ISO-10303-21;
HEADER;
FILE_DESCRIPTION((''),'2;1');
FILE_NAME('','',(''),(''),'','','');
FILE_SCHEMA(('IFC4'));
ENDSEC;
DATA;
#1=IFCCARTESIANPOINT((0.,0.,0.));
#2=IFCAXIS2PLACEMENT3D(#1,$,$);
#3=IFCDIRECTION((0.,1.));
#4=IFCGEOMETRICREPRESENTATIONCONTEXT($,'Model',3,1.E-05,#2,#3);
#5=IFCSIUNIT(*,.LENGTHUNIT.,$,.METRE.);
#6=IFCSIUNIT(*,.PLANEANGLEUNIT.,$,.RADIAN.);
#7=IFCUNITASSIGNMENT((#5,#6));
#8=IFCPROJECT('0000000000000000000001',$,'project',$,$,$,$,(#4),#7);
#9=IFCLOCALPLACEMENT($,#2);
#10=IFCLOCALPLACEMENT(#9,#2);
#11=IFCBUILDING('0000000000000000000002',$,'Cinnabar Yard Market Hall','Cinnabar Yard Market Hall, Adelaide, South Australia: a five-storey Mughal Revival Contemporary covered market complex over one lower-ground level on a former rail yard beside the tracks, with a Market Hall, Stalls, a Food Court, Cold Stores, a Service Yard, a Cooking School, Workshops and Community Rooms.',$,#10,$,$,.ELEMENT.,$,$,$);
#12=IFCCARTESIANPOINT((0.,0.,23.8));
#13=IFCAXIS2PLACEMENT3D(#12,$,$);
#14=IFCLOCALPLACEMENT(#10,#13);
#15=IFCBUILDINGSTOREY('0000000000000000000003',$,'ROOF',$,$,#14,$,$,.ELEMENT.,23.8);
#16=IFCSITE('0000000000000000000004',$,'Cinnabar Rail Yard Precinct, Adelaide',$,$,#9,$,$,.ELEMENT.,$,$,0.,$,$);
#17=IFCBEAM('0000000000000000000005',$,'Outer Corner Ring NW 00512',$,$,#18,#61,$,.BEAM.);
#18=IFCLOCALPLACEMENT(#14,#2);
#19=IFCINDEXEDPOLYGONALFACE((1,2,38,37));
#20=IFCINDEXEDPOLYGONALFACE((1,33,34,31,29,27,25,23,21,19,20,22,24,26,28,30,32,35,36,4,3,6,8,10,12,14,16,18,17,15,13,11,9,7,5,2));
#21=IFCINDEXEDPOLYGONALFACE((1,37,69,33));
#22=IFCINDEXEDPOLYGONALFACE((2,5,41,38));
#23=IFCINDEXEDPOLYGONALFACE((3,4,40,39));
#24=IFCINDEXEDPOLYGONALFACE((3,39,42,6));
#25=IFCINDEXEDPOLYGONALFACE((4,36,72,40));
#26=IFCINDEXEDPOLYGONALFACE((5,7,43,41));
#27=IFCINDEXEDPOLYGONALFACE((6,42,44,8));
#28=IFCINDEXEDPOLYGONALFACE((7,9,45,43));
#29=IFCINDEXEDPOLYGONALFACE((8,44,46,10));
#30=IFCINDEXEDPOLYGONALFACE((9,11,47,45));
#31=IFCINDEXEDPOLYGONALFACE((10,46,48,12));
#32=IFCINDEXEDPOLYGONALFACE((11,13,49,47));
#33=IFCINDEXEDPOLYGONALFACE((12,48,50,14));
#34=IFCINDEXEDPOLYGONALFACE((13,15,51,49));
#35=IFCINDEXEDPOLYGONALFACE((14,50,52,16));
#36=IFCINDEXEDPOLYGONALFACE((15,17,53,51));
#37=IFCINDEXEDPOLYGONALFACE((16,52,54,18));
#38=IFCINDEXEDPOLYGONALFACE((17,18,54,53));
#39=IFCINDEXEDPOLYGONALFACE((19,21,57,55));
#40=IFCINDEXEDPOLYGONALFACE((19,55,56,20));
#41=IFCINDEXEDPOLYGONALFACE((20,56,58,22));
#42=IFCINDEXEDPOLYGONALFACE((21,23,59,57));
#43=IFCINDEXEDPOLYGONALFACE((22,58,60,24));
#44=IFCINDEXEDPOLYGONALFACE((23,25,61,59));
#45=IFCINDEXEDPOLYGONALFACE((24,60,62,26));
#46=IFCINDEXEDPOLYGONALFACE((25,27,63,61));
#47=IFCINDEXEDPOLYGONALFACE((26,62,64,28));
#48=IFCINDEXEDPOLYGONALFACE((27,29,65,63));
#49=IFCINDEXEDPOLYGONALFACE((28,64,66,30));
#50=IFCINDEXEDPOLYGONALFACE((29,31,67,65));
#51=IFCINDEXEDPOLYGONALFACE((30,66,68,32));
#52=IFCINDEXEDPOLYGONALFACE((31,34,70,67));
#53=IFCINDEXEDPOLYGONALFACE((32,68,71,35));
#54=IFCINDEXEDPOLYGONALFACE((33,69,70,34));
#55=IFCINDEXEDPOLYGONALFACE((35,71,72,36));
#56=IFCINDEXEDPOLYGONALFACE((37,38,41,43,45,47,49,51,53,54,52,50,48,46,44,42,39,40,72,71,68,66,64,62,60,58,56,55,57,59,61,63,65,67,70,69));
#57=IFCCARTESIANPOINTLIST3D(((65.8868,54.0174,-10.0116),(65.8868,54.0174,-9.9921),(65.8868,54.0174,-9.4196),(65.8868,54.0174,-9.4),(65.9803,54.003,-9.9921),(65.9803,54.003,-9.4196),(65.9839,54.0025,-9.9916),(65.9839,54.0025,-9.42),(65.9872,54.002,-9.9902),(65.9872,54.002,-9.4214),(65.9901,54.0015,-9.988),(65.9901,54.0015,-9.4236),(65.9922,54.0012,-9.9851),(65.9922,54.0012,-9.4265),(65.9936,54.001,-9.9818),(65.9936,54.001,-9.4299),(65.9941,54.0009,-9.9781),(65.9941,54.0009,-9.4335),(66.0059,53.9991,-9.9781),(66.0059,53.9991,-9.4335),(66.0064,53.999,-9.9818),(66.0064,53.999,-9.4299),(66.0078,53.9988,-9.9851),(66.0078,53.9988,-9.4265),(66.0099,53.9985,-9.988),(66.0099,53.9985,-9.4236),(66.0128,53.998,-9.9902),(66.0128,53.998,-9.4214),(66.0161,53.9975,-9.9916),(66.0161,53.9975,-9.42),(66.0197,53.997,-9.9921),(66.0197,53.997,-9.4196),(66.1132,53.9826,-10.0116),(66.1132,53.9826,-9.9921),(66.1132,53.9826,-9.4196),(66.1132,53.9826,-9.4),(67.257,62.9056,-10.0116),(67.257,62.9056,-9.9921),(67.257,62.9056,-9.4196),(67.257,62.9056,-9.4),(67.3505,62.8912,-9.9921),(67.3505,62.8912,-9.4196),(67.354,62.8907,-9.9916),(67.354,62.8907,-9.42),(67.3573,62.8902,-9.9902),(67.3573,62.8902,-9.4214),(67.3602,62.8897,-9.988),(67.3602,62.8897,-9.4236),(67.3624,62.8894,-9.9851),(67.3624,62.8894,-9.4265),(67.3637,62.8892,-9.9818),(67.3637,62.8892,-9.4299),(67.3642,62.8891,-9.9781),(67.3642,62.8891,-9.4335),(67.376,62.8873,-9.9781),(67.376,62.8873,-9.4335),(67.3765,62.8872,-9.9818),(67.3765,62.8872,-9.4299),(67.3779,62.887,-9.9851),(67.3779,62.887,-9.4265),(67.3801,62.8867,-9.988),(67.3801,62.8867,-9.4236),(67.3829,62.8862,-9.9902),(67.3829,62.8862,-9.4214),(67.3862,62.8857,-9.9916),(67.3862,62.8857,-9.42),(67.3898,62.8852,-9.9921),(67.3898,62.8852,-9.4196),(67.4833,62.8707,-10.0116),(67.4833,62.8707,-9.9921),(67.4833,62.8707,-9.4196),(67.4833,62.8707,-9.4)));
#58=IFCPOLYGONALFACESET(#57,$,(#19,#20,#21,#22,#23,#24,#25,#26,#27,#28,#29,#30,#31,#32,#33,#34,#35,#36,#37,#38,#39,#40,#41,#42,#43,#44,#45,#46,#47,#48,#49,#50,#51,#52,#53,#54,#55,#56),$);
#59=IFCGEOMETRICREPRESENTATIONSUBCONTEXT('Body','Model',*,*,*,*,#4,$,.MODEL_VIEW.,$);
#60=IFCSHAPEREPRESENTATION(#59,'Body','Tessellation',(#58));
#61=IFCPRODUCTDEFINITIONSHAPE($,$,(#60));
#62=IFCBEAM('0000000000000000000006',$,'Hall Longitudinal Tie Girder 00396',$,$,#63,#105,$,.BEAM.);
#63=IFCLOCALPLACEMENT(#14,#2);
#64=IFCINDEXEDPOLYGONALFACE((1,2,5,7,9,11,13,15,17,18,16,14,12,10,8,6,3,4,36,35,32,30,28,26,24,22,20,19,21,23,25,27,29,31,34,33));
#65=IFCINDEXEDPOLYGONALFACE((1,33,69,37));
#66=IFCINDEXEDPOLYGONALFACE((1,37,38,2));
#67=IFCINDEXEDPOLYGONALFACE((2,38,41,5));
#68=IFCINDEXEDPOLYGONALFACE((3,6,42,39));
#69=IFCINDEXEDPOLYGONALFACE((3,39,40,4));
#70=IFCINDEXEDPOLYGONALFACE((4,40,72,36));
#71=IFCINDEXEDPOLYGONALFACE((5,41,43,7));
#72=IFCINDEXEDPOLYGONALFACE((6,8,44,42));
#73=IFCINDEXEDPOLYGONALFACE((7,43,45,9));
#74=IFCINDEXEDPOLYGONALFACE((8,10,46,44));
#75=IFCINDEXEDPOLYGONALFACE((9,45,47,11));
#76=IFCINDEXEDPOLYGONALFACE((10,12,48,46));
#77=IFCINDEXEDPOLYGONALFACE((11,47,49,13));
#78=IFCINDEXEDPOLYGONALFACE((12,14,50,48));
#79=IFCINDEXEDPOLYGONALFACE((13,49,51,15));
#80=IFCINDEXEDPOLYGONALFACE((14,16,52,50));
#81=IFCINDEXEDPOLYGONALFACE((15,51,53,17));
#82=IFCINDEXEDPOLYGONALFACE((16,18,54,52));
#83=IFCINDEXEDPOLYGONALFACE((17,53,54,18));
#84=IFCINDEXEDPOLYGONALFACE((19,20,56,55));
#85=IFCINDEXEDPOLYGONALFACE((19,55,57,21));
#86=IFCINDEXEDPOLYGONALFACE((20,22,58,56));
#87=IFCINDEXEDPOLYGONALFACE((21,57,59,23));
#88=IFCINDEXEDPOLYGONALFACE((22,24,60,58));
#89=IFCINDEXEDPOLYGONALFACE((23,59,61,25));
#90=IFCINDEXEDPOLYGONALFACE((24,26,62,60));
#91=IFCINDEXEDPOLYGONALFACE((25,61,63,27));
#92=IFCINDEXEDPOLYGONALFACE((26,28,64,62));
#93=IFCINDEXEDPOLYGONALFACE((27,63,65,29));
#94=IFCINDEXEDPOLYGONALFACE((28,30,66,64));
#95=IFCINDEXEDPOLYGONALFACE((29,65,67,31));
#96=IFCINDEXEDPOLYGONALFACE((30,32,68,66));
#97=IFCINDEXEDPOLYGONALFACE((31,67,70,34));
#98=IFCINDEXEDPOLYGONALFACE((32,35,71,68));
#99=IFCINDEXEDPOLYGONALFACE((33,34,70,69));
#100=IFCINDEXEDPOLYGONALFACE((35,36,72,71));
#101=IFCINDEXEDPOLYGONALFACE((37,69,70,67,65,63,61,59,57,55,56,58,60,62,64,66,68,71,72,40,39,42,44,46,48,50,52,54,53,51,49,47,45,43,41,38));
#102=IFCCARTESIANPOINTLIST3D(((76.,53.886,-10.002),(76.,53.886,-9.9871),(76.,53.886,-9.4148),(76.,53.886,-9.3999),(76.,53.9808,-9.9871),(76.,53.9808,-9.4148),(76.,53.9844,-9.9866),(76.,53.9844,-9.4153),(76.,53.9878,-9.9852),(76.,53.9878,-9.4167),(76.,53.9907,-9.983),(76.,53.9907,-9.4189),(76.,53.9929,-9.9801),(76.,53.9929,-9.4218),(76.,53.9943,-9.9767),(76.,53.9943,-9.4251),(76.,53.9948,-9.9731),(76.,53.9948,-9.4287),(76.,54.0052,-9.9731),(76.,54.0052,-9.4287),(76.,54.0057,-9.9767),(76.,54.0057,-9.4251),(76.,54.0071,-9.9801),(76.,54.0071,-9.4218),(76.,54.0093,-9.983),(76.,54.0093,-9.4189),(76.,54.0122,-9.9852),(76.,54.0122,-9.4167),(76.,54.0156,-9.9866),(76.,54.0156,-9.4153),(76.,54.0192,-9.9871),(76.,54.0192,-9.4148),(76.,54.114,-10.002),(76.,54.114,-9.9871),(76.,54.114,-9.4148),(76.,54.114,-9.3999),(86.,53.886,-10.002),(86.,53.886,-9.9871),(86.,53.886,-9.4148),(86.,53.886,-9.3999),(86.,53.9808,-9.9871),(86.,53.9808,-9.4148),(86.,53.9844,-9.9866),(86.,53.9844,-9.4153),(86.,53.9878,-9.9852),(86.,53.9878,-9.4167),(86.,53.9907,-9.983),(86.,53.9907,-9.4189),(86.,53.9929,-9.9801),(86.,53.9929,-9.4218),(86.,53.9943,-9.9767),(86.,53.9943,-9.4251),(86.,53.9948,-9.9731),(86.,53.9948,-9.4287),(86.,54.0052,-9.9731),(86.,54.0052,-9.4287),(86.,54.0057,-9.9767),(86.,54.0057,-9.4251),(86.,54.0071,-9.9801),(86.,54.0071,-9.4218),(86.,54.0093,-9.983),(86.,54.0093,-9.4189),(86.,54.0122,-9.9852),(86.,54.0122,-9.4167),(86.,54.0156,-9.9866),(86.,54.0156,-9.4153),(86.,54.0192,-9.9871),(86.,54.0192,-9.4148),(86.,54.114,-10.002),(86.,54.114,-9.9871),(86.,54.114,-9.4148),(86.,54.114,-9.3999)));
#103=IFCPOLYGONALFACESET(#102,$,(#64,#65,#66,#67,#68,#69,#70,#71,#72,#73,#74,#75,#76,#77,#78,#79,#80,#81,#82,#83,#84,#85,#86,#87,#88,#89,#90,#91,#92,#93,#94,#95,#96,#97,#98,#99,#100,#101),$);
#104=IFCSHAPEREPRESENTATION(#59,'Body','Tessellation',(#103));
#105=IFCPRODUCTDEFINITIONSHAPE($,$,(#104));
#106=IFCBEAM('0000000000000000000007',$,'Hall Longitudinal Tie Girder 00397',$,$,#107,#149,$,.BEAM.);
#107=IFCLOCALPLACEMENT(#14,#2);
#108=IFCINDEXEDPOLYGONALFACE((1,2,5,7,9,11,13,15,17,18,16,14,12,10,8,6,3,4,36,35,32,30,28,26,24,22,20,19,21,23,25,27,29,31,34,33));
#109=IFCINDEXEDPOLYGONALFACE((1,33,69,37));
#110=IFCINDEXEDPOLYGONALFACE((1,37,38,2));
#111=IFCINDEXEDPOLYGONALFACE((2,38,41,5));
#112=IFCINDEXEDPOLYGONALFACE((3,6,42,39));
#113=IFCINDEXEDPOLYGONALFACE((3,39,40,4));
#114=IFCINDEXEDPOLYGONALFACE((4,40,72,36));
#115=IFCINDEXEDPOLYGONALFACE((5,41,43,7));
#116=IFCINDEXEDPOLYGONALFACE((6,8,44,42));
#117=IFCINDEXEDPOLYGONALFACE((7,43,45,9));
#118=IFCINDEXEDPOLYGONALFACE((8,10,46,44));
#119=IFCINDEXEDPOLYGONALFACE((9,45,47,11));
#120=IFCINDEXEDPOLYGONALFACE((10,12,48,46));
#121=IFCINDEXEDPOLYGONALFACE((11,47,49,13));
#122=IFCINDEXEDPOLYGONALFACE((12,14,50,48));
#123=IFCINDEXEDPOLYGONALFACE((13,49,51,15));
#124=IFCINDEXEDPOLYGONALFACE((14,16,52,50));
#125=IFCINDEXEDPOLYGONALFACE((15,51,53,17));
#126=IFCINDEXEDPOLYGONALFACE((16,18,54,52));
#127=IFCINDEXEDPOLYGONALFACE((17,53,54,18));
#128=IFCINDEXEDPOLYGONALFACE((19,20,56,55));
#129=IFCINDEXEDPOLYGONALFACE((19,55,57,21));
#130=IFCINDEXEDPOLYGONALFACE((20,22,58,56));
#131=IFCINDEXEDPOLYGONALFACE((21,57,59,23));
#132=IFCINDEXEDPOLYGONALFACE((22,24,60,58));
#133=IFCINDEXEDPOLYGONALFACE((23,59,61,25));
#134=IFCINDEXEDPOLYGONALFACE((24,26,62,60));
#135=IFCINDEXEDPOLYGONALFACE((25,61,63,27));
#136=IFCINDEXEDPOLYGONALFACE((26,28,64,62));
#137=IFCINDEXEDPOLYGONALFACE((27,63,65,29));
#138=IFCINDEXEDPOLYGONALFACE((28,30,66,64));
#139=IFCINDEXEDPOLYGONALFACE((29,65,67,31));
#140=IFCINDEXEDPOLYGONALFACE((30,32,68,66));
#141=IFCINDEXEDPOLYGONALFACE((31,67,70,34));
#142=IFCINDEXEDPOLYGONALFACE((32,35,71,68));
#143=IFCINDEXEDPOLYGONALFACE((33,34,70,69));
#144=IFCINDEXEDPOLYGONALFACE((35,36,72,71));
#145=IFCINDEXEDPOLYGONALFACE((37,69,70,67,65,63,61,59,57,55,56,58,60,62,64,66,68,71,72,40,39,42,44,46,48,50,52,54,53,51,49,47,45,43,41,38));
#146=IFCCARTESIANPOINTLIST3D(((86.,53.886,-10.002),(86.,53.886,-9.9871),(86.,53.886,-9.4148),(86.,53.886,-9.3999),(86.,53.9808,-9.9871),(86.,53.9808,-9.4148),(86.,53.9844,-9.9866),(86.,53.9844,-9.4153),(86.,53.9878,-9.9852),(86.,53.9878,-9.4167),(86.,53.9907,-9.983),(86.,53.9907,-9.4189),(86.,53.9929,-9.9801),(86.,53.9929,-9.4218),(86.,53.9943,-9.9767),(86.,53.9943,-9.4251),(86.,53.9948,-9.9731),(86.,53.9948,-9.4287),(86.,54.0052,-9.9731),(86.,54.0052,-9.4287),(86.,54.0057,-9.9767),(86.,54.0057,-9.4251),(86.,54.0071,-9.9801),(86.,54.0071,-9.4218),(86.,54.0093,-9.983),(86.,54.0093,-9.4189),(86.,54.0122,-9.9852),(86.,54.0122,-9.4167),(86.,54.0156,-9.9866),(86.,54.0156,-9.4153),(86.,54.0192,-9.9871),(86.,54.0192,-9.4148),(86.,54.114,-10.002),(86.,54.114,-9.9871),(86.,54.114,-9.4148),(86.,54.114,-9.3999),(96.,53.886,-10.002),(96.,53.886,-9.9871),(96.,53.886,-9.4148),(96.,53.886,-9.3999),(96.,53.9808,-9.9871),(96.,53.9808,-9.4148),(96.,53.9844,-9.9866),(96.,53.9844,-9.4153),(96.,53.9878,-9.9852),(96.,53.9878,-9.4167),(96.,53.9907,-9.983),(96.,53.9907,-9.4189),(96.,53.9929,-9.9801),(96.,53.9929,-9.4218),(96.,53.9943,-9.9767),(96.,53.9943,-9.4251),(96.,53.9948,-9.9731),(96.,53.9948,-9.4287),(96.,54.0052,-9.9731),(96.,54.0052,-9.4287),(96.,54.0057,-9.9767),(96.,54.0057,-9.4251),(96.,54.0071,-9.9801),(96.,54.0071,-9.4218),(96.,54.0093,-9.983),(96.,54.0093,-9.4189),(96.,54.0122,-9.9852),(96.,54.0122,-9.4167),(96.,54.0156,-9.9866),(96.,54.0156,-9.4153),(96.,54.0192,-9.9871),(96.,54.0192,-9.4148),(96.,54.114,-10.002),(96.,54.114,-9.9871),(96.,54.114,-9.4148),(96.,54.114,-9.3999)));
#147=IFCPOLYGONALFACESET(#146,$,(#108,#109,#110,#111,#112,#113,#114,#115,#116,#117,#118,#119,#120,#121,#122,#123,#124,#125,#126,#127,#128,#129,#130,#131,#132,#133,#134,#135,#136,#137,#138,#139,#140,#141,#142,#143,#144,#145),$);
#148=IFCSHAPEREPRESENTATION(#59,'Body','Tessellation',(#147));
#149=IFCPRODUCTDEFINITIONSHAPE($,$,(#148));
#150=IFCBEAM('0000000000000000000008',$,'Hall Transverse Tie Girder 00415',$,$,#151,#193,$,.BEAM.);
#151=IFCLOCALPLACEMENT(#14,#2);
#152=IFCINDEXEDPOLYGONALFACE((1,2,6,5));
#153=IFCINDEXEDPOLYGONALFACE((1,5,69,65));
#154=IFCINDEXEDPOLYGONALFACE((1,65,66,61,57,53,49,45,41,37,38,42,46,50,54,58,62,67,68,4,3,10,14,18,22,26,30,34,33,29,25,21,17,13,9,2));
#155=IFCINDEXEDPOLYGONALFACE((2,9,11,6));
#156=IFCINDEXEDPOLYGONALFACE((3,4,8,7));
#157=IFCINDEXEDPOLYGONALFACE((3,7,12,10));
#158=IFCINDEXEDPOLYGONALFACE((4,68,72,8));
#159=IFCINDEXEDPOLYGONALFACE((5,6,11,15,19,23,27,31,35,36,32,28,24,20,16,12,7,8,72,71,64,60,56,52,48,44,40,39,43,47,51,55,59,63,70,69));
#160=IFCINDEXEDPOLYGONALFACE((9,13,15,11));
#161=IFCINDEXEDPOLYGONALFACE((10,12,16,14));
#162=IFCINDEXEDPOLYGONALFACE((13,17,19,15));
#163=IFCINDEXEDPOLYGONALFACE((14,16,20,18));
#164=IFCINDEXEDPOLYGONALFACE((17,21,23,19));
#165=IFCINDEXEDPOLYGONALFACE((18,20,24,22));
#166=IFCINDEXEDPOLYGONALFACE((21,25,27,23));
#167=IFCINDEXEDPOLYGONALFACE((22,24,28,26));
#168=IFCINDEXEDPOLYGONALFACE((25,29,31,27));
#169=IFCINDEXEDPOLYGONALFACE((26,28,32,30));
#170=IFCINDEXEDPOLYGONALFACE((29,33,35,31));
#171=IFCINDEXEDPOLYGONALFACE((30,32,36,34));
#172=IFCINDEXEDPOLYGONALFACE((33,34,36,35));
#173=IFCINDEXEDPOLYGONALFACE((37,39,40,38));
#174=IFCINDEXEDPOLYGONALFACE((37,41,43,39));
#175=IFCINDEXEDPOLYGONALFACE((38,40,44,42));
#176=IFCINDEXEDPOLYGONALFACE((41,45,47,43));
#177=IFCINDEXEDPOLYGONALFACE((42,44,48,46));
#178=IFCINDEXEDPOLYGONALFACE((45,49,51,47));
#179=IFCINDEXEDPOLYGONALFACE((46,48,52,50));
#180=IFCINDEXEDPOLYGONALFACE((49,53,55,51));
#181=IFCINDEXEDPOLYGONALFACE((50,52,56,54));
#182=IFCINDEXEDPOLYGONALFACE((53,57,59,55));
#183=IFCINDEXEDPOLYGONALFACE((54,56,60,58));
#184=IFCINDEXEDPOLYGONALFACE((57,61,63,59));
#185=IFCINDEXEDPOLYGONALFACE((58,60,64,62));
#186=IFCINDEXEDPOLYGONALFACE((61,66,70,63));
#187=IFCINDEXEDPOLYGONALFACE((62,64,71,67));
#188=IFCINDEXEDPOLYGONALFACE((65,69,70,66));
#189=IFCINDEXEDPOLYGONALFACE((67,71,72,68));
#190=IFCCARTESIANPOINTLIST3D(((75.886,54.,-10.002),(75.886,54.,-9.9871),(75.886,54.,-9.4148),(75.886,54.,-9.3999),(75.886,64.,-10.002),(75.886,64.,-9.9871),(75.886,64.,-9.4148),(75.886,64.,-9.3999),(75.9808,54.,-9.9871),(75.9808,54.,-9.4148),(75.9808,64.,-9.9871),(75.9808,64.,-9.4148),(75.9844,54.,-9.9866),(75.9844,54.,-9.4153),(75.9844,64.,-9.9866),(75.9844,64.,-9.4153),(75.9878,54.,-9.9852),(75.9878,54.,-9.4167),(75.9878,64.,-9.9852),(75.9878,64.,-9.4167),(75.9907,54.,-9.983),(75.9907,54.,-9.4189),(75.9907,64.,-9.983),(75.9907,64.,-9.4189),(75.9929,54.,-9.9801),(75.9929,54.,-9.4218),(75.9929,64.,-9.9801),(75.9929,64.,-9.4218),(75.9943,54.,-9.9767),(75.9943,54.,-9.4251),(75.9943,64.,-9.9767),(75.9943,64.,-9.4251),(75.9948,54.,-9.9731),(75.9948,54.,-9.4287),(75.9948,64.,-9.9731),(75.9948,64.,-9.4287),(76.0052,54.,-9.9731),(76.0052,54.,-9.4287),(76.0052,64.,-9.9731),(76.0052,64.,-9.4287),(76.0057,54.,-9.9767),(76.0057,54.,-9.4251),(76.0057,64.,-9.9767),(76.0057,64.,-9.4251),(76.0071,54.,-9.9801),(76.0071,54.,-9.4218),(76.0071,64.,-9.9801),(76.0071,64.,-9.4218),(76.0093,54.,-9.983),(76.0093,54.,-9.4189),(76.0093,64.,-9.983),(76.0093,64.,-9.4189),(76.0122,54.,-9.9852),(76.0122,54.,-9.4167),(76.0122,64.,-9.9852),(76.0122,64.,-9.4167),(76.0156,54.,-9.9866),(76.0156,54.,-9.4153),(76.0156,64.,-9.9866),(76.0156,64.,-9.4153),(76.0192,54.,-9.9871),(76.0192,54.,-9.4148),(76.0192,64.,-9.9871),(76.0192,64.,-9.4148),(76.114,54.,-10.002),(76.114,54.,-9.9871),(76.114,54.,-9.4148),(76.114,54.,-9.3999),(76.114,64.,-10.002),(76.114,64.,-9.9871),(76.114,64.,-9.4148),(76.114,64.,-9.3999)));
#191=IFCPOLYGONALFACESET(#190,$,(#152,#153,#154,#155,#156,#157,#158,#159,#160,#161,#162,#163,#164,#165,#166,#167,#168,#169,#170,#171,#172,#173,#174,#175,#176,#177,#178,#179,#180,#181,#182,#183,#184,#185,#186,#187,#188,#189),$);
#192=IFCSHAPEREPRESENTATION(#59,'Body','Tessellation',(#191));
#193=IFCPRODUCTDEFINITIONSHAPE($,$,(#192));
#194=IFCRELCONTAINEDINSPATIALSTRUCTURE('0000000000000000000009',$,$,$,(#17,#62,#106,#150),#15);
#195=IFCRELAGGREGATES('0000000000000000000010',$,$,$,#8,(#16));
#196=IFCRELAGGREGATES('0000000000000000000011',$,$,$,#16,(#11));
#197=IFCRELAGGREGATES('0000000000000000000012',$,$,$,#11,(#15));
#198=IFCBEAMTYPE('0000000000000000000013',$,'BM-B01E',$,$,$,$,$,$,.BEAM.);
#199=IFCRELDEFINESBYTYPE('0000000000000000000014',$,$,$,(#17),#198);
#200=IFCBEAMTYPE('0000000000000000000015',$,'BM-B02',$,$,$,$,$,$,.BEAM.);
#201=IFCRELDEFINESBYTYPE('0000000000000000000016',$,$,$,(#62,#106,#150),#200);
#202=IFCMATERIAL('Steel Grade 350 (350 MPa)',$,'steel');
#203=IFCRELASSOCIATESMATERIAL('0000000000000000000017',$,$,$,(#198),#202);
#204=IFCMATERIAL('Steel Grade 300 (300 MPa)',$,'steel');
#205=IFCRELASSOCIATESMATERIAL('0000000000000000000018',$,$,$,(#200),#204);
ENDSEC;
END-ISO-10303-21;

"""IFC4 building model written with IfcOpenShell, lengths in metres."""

from ifc_helpers import new_model, si_unit, direction, frame, origin, origin_2d_with_axis, place, context, subcontext, project, spatial, i_section, extrude, material, material_profile, profile_set, type_object, element, save


model = new_model("IFC4")

# Units and contexts
model_context = context("Model", 3, precision=1e-05, world=origin(), true_north=direction((0.0, 1.0)))
body_context = subcontext(model_context, "Body", "Model", "MODEL_VIEW")
ifc_project = project(units=[si_unit("LENGTHUNIT", "METRE"), si_unit("PLANEANGLEUNIT", "RADIAN")], contexts=[model_context])

# Site, building, storey
site_placement = place(None, origin())
site = spatial("IfcSite", under=ifc_project, at=site_placement, Name="Cinnabar Rail Yard Precinct, Adelaide", CompositionType="ELEMENT", RefElevation=0.0)
building_placement = place(site_placement, origin())
building = spatial("IfcBuilding", under=site, at=building_placement, Name="Cinnabar Yard Market Hall", Description="Cinnabar Yard Market Hall, Adelaide, South Australia: a five-storey Mughal Revival Contemporary covered market complex over one lower-ground level on a former rail yard beside the tracks, with a Market Hall, Stalls, a Food Court, Cold Stores, a Service Yard, a Cooking School, Workshops and Community Rooms.", CompositionType="ELEMENT")
storey_placement = place(building_placement, frame((0.0, 0.0, 23.8)))
storey = spatial("IfcBuildingStorey", under=building, at=storey_placement, Name="ROOF", CompositionType="ELEMENT", Elevation=23.8)

# Beams
ifc_material_1 = material(Name="Steel Grade 350 (350 MPa)", Category="steel")
ifc_material_profile_1 = material_profile(ifc_material_1, i_section(OverallWidth=0.229, OverallDepth=0.6116, WebThickness=0.012, FlangeThickness=0.0195, FilletRadius=0.0139, at=origin_2d_with_axis()), Name="610UB125")
ifc_profile_set_1 = profile_set([ifc_material_profile_1], Name="Steel Grade 350 (350 MPa)")
beam_type_1 = type_object("IfcBeamType", Name="BM-B01E", PredefinedType="BEAM", material=ifc_profile_set_1)
beam_1_placement = place(storey_placement, frame((67.3701, 62.8882, -9.7058), z_axis=(-0.152351, -0.988326, 0.0), x_axis=(0.988326, -0.152351, 0.0)))
element("IfcBeam", 1, at=beam_1_placement, inside=storey, type_object=beam_type_1, Name="Outer Corner Ring NW 00512", PredefinedType="BEAM", context=body_context, shape_type="SweptSolid", body=[
    extrude(i_section(OverallWidth=0.229, OverallDepth=0.6116, WebThickness=0.012, FlangeThickness=0.0195, FilletRadius=0.0139, at=origin_2d_with_axis()), origin(), (0.0, 0.0, 1.0), 8.9932),
])
ifc_material_2 = material(Name="Steel Grade 300 (300 MPa)", Category="steel")
ifc_material_profile_2 = material_profile(ifc_material_2, i_section(OverallWidth=0.228, OverallDepth=0.6021, WebThickness=0.0105, FlangeThickness=0.0149, FilletRadius=0.0139, at=origin_2d_with_axis()), Name="610UB101")
ifc_profile_set_2 = profile_set([ifc_material_profile_2], Name="Steel Grade 300 (300 MPa)")
beam_type_2 = type_object("IfcBeamType", Name="BM-B02", PredefinedType="BEAM", material=ifc_profile_set_2)
for number, where, z_axis, x_axis, name in (
    (2, (76.0, 54.0, -9.7009), (1.0, 0.0, 0.0), (0.0, 1.0, 0.0), "Hall Longitudinal Tie Girder 00396"),
    (3, (86.0, 54.0, -9.7009), (1.0, 0.0, 0.0), (0.0, 1.0, 0.0), "Hall Longitudinal Tie Girder 00397"),
    (4, (76.0, 54.0, -9.7009), (0.0, 1.0, 0.0), (-1.0, 0.0, 0.0), "Hall Transverse Tie Girder 00415"),
):
    element("IfcBeam", number, at=place(storey_placement, frame(where, z_axis=z_axis, x_axis=x_axis)), inside=storey, type_object=beam_type_2, Name=name, PredefinedType="BEAM", context=body_context, shape_type="SweptSolid", body=[
        extrude(i_section(OverallWidth=0.228, OverallDepth=0.6021, WebThickness=0.0105, FlangeThickness=0.0149, FilletRadius=0.0139, at=origin_2d_with_axis()), origin(), (0.0, 0.0, 1.0), 10.0),
    ])

save(model, "model.ifc")
